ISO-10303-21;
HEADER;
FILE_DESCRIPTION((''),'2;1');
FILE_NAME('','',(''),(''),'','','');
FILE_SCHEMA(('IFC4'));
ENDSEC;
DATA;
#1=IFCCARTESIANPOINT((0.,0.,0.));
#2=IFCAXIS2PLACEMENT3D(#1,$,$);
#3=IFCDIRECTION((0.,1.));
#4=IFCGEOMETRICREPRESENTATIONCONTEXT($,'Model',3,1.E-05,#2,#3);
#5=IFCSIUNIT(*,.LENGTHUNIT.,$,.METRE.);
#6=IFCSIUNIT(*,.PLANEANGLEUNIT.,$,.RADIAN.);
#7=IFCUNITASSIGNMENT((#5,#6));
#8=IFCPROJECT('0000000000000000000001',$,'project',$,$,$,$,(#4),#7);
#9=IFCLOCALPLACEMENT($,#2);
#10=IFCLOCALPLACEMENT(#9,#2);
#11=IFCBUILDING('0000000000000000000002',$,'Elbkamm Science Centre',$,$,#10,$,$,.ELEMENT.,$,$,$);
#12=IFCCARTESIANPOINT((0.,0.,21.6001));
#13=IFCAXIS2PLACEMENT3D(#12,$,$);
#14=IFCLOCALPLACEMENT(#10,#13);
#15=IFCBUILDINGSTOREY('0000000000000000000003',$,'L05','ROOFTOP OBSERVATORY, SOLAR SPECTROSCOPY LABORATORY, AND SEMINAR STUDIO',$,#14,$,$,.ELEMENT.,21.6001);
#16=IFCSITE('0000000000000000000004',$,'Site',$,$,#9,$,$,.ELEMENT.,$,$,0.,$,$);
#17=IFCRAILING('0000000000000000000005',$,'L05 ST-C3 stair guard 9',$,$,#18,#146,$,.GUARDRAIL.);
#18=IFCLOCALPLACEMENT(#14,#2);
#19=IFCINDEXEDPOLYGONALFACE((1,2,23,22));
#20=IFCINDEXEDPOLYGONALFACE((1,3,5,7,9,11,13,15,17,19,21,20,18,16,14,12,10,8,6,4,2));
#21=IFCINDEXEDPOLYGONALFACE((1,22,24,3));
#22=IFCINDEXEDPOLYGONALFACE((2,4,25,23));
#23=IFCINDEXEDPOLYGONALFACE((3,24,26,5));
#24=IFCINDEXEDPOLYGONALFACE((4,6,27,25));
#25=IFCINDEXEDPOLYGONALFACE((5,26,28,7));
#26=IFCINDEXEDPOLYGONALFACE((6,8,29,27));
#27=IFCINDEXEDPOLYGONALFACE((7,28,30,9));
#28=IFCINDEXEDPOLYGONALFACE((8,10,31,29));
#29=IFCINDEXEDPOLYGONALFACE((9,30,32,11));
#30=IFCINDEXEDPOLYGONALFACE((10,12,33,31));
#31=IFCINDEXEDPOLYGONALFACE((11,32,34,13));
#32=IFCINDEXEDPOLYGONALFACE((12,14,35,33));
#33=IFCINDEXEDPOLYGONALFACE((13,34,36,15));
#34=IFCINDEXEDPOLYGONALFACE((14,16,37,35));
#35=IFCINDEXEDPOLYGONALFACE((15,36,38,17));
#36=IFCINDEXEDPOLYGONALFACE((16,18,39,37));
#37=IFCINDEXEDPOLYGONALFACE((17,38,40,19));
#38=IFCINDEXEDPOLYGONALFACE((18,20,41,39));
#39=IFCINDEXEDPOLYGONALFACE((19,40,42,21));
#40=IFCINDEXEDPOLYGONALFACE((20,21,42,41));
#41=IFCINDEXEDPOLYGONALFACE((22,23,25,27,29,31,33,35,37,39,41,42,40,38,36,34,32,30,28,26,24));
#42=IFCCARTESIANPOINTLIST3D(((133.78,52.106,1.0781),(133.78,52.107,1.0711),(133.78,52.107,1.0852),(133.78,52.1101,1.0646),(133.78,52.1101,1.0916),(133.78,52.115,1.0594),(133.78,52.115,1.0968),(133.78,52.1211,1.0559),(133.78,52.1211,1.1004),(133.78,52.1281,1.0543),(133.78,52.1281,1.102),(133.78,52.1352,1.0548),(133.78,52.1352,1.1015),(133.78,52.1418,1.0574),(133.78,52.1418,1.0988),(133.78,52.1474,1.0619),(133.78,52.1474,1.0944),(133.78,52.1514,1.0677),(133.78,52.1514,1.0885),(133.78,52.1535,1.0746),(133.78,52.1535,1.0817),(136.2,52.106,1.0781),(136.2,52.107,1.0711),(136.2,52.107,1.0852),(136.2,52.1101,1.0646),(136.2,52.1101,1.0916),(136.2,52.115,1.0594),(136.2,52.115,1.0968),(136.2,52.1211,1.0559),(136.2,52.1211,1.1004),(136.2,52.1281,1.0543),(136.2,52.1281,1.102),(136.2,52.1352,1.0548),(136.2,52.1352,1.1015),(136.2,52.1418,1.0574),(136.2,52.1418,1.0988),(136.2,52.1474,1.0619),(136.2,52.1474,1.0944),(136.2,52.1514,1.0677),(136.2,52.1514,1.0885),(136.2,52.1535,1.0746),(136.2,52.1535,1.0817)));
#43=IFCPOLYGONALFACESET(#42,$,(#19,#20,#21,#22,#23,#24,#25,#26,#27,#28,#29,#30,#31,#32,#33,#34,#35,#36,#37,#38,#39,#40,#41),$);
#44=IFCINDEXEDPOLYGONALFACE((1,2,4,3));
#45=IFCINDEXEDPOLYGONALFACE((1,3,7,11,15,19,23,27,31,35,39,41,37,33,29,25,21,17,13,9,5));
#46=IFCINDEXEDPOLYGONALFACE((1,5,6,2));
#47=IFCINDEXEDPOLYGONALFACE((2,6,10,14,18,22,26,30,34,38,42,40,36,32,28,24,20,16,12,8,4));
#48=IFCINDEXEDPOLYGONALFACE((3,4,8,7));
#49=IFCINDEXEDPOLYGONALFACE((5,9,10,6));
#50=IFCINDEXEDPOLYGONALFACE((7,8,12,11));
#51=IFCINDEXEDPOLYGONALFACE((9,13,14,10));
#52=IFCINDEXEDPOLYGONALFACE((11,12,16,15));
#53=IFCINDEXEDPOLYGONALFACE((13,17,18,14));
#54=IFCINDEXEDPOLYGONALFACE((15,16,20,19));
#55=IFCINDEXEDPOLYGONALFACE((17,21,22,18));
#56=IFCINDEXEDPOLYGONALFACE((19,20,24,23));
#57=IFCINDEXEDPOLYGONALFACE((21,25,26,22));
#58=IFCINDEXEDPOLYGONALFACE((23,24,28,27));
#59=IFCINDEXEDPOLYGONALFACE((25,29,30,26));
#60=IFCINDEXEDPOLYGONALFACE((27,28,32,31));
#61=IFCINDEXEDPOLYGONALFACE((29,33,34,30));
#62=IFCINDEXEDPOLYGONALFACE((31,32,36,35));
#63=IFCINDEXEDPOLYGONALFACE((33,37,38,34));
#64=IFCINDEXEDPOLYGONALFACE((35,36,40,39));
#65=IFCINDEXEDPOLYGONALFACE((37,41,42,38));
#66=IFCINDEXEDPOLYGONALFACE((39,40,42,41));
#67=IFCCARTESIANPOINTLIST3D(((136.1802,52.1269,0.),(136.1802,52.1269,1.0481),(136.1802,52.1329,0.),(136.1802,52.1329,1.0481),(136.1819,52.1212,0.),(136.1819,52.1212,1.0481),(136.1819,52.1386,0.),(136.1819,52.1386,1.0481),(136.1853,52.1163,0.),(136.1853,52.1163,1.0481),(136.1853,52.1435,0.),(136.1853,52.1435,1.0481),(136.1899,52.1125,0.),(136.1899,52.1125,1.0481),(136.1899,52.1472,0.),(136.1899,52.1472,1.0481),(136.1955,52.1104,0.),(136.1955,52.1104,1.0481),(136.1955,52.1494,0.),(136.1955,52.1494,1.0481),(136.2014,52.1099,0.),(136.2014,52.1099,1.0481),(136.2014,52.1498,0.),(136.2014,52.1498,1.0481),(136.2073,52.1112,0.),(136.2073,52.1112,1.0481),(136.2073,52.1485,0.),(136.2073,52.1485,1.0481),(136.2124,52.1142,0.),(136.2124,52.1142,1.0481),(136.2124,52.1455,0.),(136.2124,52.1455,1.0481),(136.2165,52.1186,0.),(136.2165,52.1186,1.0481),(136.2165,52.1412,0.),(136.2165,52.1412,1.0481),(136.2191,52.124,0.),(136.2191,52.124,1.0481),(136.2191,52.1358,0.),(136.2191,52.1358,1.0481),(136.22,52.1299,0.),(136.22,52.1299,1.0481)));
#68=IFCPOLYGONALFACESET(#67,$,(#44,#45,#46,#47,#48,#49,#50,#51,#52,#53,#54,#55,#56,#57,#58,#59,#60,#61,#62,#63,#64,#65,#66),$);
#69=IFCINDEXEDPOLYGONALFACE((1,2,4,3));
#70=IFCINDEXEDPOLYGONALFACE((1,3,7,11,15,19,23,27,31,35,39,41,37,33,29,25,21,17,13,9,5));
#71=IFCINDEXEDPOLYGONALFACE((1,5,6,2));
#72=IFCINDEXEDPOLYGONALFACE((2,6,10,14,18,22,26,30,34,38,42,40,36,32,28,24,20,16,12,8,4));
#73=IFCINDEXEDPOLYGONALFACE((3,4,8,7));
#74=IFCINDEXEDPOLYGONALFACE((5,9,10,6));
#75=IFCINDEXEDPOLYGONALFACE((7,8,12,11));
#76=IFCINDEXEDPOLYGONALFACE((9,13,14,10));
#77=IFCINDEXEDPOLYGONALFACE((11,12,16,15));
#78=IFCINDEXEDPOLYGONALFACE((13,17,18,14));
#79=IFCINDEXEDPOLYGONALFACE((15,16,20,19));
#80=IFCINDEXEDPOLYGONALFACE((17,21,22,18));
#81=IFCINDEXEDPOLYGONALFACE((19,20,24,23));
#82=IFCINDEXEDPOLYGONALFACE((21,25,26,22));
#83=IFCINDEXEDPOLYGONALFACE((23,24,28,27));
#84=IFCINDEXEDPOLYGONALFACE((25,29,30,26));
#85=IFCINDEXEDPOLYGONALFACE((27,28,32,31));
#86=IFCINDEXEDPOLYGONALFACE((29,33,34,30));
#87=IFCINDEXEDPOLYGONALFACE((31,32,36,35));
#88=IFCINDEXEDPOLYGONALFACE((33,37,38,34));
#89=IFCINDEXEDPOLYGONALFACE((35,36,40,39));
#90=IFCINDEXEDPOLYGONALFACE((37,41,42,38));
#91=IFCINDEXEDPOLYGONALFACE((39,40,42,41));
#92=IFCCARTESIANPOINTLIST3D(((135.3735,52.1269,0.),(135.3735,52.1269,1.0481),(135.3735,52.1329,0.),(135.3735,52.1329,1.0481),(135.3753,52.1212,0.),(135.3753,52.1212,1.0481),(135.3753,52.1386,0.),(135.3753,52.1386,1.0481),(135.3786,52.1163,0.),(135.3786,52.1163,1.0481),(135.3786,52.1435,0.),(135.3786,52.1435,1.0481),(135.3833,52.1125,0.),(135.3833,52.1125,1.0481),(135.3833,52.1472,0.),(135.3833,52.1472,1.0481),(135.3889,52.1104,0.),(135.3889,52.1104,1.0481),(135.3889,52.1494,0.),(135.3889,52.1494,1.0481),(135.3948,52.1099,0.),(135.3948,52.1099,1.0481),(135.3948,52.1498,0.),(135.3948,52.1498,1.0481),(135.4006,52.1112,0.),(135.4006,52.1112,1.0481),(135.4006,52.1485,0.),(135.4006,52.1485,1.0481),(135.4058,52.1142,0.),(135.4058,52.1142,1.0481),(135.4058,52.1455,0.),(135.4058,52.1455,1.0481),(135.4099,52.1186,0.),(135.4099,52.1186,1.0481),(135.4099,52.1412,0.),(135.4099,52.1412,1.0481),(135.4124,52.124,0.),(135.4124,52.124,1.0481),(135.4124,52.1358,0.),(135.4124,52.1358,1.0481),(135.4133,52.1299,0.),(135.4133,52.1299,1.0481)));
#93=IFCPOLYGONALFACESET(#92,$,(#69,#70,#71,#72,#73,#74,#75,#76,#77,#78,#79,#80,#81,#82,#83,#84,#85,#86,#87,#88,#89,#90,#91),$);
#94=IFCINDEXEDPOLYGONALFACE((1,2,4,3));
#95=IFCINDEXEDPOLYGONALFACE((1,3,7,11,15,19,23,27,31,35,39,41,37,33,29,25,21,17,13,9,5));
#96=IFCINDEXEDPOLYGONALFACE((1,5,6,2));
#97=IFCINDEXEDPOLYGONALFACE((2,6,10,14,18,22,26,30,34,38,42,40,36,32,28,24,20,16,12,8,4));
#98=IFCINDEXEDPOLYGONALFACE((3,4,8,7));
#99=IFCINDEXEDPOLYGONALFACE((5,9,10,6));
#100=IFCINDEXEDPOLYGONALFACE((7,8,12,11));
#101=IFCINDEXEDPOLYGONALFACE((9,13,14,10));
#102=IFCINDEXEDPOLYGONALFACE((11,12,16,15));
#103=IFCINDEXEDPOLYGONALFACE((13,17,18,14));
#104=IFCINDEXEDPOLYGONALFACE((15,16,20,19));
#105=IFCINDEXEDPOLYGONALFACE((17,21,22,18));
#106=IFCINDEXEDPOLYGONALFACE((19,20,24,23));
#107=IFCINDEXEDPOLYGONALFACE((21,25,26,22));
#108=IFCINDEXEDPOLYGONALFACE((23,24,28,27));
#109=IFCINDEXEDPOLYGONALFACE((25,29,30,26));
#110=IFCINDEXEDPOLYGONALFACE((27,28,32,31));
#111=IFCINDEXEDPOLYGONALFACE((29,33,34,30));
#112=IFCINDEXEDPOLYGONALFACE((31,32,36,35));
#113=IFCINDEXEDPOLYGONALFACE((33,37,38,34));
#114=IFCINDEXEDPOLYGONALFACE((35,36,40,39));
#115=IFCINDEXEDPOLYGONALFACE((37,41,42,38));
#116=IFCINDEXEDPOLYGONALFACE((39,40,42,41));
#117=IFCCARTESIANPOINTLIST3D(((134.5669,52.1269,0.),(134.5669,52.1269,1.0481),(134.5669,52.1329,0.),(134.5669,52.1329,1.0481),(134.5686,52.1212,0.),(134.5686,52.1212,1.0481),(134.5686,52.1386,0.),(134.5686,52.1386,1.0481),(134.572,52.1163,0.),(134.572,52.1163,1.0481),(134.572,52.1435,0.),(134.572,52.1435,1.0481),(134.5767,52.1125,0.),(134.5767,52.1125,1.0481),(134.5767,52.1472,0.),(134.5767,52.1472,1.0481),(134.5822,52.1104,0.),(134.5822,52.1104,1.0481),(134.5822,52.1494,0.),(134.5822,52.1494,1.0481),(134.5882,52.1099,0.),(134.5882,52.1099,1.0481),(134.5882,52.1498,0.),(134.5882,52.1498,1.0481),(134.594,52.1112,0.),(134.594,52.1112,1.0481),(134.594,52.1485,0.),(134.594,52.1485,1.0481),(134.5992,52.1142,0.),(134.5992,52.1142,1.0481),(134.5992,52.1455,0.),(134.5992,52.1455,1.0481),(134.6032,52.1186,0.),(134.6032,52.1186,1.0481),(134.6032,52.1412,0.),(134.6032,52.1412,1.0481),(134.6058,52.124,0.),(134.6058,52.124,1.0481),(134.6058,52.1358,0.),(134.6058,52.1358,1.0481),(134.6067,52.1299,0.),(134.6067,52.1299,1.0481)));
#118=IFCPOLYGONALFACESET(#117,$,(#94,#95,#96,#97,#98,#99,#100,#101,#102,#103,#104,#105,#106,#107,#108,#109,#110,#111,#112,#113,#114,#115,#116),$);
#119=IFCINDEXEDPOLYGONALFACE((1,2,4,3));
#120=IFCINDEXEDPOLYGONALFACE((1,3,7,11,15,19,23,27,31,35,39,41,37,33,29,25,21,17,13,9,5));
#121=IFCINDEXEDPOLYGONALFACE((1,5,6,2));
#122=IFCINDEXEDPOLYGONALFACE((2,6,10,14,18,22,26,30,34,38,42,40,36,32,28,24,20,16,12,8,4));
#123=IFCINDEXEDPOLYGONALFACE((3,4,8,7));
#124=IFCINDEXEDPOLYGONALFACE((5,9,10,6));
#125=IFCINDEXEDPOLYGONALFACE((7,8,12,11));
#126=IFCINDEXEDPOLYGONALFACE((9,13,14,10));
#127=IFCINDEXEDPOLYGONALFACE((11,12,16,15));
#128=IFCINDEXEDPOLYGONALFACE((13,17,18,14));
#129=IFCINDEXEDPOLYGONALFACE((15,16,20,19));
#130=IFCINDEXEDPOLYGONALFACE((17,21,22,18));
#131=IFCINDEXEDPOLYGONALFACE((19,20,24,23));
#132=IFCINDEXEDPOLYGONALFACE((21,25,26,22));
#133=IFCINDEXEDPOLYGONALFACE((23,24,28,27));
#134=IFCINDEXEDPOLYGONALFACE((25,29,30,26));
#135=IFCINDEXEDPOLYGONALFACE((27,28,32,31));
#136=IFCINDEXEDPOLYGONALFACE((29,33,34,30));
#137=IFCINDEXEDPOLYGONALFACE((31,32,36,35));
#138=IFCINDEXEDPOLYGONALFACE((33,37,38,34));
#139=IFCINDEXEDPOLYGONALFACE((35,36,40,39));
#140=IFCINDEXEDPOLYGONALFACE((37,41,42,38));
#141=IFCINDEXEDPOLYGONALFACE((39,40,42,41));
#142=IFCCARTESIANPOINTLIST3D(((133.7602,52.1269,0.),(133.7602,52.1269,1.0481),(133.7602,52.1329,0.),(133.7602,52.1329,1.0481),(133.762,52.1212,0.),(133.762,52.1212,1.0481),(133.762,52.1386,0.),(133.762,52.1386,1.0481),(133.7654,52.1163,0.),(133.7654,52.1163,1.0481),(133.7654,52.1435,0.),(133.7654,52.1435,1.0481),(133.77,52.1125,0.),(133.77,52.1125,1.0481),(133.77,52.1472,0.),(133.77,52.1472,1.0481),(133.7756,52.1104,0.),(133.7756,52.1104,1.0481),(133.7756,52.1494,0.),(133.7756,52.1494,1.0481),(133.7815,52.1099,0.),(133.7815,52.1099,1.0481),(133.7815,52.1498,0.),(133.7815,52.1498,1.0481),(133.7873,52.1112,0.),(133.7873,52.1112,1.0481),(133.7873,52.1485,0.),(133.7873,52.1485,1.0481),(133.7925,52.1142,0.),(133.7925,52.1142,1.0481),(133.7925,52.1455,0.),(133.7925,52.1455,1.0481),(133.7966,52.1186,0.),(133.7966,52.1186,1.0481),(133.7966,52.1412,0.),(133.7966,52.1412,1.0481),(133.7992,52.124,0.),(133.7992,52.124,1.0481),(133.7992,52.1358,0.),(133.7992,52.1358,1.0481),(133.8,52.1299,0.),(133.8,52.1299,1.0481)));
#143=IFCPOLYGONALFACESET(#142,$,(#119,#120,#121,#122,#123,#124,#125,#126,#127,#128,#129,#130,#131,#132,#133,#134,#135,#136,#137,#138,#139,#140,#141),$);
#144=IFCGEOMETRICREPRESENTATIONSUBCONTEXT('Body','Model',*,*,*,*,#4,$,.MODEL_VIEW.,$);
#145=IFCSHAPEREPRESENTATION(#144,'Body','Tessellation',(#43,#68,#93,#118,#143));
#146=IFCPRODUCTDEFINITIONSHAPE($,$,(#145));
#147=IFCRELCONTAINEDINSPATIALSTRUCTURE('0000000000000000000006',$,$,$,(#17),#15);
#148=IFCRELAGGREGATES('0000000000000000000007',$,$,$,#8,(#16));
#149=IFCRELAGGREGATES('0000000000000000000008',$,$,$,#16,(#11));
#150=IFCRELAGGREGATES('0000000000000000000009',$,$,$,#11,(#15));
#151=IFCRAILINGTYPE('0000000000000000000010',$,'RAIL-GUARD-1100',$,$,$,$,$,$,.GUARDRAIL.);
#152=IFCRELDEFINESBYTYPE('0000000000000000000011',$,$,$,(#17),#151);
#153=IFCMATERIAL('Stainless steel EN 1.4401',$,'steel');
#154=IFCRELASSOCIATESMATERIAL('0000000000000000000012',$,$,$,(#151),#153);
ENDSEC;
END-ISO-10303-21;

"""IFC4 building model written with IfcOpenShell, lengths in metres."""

from ifc_helpers import new_model, si_unit, direction, frame, origin, origin_2d, place, context, subcontext, project, spatial, circle, extrude, material, type_object, element, save


model = new_model("IFC4")

# Units and contexts
model_context = context("Model", 3, precision=1e-05, world=origin(), true_north=direction((0.0, 1.0)))
body_context = subcontext(model_context, "Body", "Model", "MODEL_VIEW")
ifc_project = project(units=[si_unit("LENGTHUNIT", "METRE"), si_unit("PLANEANGLEUNIT", "RADIAN")], contexts=[model_context])

# Site, building, storey
site_placement = place(None, origin())
site = spatial("IfcSite", under=ifc_project, at=site_placement, Name="Site", CompositionType="ELEMENT", RefElevation=0.0)
building_placement = place(site_placement, origin())
building = spatial("IfcBuilding", under=site, at=building_placement, Name="Elbkamm Science Centre", CompositionType="ELEMENT")
storey_placement = place(building_placement, frame((0.0, 0.0, 21.6001)))
storey = spatial("IfcBuildingStorey", under=building, at=storey_placement, Name="L05", Description="ROOFTOP OBSERVATORY, SOLAR SPECTROSCOPY LABORATORY, AND SEMINAR STUDIO", CompositionType="ELEMENT", Elevation=21.6001)

# Railing
ifc_material_1 = material(Name="Stainless steel EN 1.4401", Category="steel")
railing_type_1 = type_object("IfcRailingType", Name="RAIL-GUARD-1100", PredefinedType="GUARDRAIL", material=ifc_material_1)
for number, where, name in (
    (1, (136.2, 52.1299, 0.0), "L05 ST-C3 stair guard 9"),
):
    element("IfcRailing", number, at=place(storey_placement, frame(where)), inside=storey, type_object=railing_type_1, Name=name, PredefinedType="GUARDRAIL", context=body_context, shape_type="SweptSolid", body=[
        extrude(circle(Radius=0.0239, at=origin_2d()), frame((0.0, 0.0, 1.0781), z_axis=(-1.0, 0.0, 0.0), x_axis=(0.0, -1.0, 0.0)), (0.0, 0.0, 1.0), 2.4199),
        extrude(circle(Radius=0.02, at=origin_2d()), origin(), (0.0, 0.0, 1.0), 1.0481),
        extrude(circle(Radius=0.02, at=origin_2d()), frame((-0.8066, 0.0, 0.0)), (0.0, 0.0, 1.0), 1.0481),
        extrude(circle(Radius=0.02, at=origin_2d()), frame((-1.6133, 0.0, 0.0)), (0.0, 0.0, 1.0), 1.0481),
        extrude(circle(Radius=0.02, at=origin_2d()), frame((-2.4199, 0.0, 0.0)), (0.0, 0.0, 1.0), 1.0481),
    ])

save(model, "model.ifc")
